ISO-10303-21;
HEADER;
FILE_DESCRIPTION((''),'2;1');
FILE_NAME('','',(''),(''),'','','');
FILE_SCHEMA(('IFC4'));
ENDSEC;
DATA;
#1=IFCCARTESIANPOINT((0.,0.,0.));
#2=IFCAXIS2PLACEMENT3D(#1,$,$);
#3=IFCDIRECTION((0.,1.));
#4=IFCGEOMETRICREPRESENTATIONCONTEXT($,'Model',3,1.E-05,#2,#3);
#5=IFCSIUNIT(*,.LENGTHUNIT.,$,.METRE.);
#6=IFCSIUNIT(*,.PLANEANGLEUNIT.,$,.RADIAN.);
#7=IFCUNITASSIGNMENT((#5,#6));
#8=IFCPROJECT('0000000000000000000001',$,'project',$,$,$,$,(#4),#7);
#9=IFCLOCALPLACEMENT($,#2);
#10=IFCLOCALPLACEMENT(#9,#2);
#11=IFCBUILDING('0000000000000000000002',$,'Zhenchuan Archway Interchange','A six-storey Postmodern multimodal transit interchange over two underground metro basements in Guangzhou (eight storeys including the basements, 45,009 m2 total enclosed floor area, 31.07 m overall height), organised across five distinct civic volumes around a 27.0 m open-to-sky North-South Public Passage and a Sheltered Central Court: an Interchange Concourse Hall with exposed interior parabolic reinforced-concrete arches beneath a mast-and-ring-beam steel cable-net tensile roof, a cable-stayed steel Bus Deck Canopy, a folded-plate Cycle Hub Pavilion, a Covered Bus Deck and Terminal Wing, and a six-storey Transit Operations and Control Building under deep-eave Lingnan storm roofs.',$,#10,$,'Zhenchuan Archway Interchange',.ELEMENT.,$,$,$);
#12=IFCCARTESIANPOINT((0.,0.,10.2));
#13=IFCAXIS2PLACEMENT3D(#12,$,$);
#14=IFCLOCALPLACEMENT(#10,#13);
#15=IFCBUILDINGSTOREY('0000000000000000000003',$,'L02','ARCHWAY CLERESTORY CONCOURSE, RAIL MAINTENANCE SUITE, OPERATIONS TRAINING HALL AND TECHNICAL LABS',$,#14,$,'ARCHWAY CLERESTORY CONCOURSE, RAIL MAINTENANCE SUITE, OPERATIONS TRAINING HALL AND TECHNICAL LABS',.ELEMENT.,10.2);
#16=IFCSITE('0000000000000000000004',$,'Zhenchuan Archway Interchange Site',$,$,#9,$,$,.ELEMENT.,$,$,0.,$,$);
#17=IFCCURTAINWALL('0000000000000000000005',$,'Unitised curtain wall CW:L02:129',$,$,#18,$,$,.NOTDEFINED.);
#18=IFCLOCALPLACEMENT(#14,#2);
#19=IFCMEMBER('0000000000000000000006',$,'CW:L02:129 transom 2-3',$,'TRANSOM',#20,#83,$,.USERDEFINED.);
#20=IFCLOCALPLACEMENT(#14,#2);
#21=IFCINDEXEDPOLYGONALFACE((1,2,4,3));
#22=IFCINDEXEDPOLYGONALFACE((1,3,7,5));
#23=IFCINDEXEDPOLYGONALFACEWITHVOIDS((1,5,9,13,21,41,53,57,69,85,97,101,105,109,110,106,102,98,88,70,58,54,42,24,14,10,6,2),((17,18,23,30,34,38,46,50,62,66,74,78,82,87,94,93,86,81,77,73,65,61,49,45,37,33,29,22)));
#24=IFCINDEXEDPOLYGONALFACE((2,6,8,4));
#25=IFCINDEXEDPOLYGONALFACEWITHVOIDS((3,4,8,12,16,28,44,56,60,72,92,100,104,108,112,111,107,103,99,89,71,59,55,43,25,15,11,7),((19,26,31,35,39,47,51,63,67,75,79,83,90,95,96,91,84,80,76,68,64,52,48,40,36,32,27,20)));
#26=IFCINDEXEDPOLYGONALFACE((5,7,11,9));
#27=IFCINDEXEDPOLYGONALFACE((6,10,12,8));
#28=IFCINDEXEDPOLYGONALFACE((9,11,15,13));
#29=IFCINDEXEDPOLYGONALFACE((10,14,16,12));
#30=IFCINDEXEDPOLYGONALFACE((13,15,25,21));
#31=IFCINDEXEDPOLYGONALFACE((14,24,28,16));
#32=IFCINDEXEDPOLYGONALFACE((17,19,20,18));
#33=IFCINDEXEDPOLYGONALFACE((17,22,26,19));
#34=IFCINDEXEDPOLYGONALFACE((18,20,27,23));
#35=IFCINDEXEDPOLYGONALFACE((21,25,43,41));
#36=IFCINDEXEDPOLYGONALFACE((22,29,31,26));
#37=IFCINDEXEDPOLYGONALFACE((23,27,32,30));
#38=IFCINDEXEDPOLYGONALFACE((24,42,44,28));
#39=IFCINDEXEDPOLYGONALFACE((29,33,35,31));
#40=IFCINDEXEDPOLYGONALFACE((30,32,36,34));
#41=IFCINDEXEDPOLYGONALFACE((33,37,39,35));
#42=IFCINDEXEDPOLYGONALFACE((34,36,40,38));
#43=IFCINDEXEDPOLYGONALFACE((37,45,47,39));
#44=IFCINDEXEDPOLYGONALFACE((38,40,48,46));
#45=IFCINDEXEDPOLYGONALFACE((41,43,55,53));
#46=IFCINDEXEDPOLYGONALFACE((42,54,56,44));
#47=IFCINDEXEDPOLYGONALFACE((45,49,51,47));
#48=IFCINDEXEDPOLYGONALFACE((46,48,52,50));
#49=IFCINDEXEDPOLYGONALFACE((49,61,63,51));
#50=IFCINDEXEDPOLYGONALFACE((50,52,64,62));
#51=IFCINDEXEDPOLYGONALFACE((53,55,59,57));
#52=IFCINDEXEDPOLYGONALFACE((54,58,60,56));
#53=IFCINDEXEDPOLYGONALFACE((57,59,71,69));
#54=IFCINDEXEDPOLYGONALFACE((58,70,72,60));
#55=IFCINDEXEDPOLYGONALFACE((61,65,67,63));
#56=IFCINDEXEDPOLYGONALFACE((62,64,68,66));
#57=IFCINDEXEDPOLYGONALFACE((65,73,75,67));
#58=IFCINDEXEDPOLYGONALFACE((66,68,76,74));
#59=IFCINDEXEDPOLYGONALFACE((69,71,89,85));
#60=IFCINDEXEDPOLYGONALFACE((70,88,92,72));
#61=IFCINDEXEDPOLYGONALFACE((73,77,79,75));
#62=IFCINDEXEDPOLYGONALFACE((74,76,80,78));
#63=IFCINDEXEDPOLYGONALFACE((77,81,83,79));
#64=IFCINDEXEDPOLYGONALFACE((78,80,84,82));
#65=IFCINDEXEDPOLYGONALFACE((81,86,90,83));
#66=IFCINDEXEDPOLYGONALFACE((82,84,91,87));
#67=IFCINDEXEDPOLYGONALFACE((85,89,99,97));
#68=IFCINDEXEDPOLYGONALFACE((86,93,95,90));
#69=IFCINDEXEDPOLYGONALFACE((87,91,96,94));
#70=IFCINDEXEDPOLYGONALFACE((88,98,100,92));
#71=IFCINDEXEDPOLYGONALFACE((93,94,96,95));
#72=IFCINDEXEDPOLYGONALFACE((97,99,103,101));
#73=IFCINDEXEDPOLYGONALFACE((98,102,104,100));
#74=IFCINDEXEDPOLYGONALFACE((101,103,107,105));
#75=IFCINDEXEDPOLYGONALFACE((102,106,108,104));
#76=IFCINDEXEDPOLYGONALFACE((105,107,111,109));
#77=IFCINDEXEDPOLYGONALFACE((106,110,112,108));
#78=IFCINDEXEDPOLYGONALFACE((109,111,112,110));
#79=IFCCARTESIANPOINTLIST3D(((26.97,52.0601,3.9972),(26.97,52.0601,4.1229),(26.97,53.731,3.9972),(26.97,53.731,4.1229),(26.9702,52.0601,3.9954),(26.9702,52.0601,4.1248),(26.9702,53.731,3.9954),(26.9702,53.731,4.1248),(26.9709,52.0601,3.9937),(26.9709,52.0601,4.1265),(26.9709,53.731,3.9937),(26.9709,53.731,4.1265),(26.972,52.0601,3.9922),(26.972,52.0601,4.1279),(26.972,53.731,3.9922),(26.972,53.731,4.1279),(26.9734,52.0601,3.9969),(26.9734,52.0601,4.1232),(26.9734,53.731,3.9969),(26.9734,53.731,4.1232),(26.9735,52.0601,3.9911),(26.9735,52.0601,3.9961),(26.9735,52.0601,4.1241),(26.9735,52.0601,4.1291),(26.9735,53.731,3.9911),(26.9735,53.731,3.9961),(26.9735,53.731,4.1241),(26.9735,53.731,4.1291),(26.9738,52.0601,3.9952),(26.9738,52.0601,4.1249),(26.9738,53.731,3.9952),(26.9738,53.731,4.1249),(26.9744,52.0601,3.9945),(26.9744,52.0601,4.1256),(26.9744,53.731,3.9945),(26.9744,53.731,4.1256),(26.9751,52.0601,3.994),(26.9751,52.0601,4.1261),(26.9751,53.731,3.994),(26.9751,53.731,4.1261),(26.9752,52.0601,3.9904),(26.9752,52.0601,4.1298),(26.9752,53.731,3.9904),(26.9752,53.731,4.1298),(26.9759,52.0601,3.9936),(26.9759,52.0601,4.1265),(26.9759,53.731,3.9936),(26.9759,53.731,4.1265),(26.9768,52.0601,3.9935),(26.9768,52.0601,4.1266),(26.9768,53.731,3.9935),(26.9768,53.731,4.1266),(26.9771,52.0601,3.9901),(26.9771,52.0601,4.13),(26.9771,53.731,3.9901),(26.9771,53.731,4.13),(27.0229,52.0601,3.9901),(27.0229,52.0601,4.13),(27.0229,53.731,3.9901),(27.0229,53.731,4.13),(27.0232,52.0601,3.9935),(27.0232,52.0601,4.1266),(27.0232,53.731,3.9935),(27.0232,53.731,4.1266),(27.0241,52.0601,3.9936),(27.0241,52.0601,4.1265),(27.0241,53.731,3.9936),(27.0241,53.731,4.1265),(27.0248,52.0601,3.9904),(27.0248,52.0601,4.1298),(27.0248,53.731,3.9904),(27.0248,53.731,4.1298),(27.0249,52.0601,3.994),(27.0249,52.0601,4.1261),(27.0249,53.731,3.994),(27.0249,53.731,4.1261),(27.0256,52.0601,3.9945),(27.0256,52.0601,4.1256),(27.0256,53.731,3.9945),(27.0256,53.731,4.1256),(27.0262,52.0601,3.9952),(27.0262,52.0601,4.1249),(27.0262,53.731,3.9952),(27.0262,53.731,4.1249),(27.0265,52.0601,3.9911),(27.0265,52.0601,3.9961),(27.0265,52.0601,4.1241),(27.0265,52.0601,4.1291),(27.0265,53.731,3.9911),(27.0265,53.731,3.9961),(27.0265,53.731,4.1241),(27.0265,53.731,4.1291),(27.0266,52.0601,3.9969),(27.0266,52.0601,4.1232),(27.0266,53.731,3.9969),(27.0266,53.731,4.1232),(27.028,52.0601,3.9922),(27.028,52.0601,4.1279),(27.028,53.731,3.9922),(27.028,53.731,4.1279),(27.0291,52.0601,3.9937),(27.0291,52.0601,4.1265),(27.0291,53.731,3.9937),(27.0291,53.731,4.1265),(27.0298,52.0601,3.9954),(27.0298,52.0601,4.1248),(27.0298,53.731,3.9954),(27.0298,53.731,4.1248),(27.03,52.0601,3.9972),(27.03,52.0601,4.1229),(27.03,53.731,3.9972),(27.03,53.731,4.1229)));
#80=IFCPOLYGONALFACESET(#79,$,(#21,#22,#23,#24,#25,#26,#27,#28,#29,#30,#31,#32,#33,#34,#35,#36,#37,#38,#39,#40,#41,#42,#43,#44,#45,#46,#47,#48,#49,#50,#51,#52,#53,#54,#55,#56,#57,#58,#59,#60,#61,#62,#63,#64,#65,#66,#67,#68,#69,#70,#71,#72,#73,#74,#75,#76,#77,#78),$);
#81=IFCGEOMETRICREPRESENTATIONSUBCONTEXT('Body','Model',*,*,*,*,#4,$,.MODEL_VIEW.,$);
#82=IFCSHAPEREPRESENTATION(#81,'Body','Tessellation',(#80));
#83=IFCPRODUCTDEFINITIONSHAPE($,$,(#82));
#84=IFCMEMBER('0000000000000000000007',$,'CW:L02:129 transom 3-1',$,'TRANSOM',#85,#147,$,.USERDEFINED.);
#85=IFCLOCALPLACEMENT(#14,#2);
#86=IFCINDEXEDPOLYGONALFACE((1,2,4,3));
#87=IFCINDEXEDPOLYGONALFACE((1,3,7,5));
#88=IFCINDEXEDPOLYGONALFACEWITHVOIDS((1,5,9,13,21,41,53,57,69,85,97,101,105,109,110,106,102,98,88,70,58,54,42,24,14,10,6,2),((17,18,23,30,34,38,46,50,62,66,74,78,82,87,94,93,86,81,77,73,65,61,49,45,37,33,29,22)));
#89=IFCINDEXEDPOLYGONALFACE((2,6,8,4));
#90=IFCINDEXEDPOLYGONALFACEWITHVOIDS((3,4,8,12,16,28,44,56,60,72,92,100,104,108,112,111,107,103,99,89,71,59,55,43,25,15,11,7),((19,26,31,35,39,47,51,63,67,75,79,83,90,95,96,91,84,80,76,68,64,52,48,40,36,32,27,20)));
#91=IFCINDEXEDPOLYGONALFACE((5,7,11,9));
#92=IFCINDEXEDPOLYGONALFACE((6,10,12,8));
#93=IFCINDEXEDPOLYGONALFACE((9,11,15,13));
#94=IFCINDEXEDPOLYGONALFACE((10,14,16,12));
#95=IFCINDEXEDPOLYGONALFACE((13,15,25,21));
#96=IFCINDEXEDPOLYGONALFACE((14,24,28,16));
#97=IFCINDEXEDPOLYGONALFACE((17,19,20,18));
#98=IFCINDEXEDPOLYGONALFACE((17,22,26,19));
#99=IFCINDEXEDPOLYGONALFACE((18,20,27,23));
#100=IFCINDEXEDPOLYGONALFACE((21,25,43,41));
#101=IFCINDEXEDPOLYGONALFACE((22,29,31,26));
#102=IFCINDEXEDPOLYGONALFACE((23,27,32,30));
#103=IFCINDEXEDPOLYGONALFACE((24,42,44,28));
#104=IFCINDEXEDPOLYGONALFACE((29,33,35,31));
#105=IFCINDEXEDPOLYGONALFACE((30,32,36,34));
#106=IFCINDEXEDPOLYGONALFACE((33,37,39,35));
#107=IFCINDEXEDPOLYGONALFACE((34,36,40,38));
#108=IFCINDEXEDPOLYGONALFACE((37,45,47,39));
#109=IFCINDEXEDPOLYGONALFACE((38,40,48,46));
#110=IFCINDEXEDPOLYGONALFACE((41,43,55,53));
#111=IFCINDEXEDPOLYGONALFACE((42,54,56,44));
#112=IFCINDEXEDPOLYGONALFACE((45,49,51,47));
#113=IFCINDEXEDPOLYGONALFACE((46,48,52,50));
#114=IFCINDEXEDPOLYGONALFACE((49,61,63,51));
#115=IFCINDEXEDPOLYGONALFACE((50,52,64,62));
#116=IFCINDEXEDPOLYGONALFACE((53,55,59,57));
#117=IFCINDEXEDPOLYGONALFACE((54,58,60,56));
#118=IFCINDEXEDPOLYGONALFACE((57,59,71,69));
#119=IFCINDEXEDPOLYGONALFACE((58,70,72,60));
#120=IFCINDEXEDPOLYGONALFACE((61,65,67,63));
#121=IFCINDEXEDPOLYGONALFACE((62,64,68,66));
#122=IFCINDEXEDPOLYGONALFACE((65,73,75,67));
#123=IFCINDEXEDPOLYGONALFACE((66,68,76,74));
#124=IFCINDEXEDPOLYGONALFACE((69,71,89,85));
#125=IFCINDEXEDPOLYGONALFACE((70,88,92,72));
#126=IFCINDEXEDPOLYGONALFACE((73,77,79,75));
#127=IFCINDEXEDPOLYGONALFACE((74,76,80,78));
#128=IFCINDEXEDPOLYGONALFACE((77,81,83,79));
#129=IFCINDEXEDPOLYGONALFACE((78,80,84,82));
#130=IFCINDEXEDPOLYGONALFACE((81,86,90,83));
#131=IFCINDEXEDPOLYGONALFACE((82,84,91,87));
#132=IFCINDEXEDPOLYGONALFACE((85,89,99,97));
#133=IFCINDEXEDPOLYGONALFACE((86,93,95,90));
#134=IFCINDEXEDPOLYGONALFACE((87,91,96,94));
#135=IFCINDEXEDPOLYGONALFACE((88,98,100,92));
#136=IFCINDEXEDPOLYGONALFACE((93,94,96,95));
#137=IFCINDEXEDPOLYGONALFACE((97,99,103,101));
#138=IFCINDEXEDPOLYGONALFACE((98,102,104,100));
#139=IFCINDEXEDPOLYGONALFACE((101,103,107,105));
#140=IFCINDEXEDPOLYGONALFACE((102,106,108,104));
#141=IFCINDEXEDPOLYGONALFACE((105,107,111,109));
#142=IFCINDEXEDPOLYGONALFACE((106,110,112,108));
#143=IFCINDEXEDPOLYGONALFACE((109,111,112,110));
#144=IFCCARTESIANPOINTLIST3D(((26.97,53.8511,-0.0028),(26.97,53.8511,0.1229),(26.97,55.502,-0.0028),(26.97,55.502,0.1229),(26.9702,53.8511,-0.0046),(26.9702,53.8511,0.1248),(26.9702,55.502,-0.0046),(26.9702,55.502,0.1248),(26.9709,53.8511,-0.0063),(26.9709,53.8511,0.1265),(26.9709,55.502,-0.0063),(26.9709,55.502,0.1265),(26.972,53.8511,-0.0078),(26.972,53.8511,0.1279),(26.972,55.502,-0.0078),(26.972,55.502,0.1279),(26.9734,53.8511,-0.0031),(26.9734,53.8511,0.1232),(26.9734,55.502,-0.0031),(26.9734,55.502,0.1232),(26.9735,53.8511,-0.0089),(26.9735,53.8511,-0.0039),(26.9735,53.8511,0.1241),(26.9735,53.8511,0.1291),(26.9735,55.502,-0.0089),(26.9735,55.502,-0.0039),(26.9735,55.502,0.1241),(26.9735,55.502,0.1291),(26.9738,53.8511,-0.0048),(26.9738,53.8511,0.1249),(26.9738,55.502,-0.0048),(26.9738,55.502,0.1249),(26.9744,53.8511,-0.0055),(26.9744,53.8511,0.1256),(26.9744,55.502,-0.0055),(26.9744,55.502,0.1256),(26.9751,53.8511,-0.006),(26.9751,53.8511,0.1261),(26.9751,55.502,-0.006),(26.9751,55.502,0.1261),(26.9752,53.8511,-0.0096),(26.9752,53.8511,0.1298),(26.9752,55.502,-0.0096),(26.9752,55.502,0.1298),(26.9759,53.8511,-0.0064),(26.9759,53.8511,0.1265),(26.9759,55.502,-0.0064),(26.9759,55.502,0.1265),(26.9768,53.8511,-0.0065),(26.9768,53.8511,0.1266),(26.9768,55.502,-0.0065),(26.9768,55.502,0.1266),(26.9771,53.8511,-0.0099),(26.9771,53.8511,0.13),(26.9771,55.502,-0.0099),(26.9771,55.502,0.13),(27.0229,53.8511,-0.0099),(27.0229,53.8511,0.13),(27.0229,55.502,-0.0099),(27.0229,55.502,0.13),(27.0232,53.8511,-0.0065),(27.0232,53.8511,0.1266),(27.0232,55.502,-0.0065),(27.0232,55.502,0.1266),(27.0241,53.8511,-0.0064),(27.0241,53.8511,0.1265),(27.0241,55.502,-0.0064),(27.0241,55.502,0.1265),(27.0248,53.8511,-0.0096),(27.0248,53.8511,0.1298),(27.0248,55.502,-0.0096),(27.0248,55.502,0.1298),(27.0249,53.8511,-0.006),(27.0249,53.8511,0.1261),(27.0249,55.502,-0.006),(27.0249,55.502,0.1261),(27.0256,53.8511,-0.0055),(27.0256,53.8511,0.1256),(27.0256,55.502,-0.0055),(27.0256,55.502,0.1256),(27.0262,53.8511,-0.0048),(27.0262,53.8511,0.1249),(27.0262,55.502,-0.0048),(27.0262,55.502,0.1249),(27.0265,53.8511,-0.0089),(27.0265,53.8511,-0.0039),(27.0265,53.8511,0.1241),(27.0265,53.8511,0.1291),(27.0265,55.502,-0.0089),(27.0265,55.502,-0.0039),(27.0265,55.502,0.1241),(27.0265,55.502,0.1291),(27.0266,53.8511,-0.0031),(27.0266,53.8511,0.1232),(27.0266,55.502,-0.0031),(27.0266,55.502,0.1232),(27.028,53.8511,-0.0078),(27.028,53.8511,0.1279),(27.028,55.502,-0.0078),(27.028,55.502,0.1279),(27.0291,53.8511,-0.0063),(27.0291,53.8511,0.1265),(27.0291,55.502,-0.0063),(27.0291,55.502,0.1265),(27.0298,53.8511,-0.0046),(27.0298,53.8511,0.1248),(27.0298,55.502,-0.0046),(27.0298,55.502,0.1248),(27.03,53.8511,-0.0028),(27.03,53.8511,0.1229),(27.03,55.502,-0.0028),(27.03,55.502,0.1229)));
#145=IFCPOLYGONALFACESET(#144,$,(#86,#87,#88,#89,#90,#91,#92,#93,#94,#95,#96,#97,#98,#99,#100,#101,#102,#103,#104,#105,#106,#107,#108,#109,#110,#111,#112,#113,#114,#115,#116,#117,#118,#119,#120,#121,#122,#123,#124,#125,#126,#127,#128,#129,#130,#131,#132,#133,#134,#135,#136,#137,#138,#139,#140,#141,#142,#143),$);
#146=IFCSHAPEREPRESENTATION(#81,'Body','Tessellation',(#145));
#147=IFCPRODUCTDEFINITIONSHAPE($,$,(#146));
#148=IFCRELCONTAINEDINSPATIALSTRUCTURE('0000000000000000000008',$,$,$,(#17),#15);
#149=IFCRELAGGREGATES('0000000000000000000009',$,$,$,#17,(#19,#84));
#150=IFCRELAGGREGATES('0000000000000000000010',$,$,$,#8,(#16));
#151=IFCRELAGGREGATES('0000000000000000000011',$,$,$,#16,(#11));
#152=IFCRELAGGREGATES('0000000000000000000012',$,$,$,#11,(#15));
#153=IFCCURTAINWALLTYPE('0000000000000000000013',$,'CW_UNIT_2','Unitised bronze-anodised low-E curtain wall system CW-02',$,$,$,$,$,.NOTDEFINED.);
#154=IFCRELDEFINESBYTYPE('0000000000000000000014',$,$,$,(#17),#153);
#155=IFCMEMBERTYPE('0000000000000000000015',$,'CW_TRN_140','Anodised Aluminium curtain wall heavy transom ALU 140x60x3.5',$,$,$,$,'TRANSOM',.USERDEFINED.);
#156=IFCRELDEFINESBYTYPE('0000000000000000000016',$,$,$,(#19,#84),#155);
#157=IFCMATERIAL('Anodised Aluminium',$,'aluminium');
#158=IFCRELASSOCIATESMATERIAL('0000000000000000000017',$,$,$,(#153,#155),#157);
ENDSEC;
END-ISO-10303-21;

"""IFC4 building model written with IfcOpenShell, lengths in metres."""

from ifc_helpers import new_model, si_unit, direction, frame, origin, origin_2d, place, context, subcontext, project, spatial, hollow_rectangle, extrude, material, material_profile, profile_set, type_object, element, aggregate, save


model = new_model("IFC4")

# Units and contexts
model_context = context("Model", 3, precision=1e-05, world=origin(), true_north=direction((0.0, 1.0)))
body_context = subcontext(model_context, "Body", "Model", "MODEL_VIEW")
ifc_project = project(units=[si_unit("LENGTHUNIT", "METRE"), si_unit("PLANEANGLEUNIT", "RADIAN")], contexts=[model_context])

# Site, building, storey
site_placement = place(None, origin())
site = spatial("IfcSite", under=ifc_project, at=site_placement, Name="Zhenchuan Archway Interchange Site", CompositionType="ELEMENT", RefElevation=0.0)
building_placement = place(site_placement, origin())
building = spatial("IfcBuilding", under=site, at=building_placement, Name="Zhenchuan Archway Interchange", Description="A six-storey Postmodern multimodal transit interchange over two underground metro basements in Guangzhou (eight storeys including the basements, 45,009 m2 total enclosed floor area, 31.07 m overall height), organised across five distinct civic volumes around a 27.0 m open-to-sky North-South Public Passage and a Sheltered Central Court: an Interchange Concourse Hall with exposed interior parabolic reinforced-concrete arches beneath a mast-and-ring-beam steel cable-net tensile roof, a cable-stayed steel Bus Deck Canopy, a folded-plate Cycle Hub Pavilion, a Covered Bus Deck and Terminal Wing, and a six-storey Transit Operations and Control Building under deep-eave Lingnan storm roofs.", LongName="Zhenchuan Archway Interchange", CompositionType="ELEMENT")
storey_placement = place(building_placement, frame((0.0, 0.0, 10.2)))
storey = spatial("IfcBuildingStorey", under=building, at=storey_placement, Name="L02", Description="ARCHWAY CLERESTORY CONCOURSE, RAIL MAINTENANCE SUITE, OPERATIONS TRAINING HALL AND TECHNICAL LABS", LongName="ARCHWAY CLERESTORY CONCOURSE, RAIL MAINTENANCE SUITE, OPERATIONS TRAINING HALL AND TECHNICAL LABS", CompositionType="ELEMENT", Elevation=10.2)

# Curtain wall, members
ifc_material_1 = material(Name="Anodised Aluminium", Category="aluminium")
curtain_wall_type = type_object("IfcCurtainWallType", Name="CW_UNIT_2", Description="Unitised bronze-anodised low-E curtain wall system CW-02", PredefinedType="NOTDEFINED", material=ifc_material_1)
curtain_wall_placement = place(storey_placement, origin())
curtain_wall = element("IfcCurtainWall", 1, at=curtain_wall_placement, inside=storey, type_object=curtain_wall_type, Name="Unitised curtain wall CW:L02:129", PredefinedType="NOTDEFINED")
ifc_material_profile_1 = material_profile(ifc_material_1, hollow_rectangle(XDim=0.0601, YDim=0.1399, WallThickness=0.0034, InnerFilletRadius=0.0034, OuterFilletRadius=0.0071, at=origin_2d()), Name="ALU 140x60x3.5")
ifc_profile_set_1 = profile_set([ifc_material_profile_1], Name="Anodised Aluminium")
member_type_1 = type_object("IfcMemberType", Name="CW_TRN_140", Description="Anodised Aluminium curtain wall heavy transom ALU 140x60x3.5", ElementType="TRANSOM", PredefinedType="USERDEFINED", material=ifc_profile_set_1)
member_1_placement = place(storey_placement, frame((27.0, 52.0601, 4.0601), z_axis=(0.0, 1.0, 0.0), x_axis=(-1.0, 0.0, 0.0)))
member_1 = element("IfcMember", 2, at=member_1_placement, type_object=member_type_1, Name="CW:L02:129 transom 2-3", ObjectType="TRANSOM", PredefinedType="USERDEFINED", context=body_context, shape_type="SweptSolid", body=[
    extrude(hollow_rectangle(XDim=0.0601, YDim=0.1399, WallThickness=0.0034, InnerFilletRadius=0.0034, OuterFilletRadius=0.0071, at=origin_2d()), origin(), (0.0, 0.0, 1.0), 1.6709),
])
member_2_placement = place(storey_placement, frame((27.0, 53.8511, 0.0601), z_axis=(0.0, 1.0, 0.0), x_axis=(-1.0, 0.0, 0.0)))
member_2 = element("IfcMember", 3, at=member_2_placement, type_object=member_type_1, Name="CW:L02:129 transom 3-1", ObjectType="TRANSOM", PredefinedType="USERDEFINED", context=body_context, shape_type="SweptSolid", body=[
    extrude(hollow_rectangle(XDim=0.0601, YDim=0.1399, WallThickness=0.0034, InnerFilletRadius=0.0034, OuterFilletRadius=0.0071, at=origin_2d()), origin(), (0.0, 0.0, 1.0), 1.6509),
])

aggregate(curtain_wall, [member_1, member_2])

save(model, "model.ifc")
